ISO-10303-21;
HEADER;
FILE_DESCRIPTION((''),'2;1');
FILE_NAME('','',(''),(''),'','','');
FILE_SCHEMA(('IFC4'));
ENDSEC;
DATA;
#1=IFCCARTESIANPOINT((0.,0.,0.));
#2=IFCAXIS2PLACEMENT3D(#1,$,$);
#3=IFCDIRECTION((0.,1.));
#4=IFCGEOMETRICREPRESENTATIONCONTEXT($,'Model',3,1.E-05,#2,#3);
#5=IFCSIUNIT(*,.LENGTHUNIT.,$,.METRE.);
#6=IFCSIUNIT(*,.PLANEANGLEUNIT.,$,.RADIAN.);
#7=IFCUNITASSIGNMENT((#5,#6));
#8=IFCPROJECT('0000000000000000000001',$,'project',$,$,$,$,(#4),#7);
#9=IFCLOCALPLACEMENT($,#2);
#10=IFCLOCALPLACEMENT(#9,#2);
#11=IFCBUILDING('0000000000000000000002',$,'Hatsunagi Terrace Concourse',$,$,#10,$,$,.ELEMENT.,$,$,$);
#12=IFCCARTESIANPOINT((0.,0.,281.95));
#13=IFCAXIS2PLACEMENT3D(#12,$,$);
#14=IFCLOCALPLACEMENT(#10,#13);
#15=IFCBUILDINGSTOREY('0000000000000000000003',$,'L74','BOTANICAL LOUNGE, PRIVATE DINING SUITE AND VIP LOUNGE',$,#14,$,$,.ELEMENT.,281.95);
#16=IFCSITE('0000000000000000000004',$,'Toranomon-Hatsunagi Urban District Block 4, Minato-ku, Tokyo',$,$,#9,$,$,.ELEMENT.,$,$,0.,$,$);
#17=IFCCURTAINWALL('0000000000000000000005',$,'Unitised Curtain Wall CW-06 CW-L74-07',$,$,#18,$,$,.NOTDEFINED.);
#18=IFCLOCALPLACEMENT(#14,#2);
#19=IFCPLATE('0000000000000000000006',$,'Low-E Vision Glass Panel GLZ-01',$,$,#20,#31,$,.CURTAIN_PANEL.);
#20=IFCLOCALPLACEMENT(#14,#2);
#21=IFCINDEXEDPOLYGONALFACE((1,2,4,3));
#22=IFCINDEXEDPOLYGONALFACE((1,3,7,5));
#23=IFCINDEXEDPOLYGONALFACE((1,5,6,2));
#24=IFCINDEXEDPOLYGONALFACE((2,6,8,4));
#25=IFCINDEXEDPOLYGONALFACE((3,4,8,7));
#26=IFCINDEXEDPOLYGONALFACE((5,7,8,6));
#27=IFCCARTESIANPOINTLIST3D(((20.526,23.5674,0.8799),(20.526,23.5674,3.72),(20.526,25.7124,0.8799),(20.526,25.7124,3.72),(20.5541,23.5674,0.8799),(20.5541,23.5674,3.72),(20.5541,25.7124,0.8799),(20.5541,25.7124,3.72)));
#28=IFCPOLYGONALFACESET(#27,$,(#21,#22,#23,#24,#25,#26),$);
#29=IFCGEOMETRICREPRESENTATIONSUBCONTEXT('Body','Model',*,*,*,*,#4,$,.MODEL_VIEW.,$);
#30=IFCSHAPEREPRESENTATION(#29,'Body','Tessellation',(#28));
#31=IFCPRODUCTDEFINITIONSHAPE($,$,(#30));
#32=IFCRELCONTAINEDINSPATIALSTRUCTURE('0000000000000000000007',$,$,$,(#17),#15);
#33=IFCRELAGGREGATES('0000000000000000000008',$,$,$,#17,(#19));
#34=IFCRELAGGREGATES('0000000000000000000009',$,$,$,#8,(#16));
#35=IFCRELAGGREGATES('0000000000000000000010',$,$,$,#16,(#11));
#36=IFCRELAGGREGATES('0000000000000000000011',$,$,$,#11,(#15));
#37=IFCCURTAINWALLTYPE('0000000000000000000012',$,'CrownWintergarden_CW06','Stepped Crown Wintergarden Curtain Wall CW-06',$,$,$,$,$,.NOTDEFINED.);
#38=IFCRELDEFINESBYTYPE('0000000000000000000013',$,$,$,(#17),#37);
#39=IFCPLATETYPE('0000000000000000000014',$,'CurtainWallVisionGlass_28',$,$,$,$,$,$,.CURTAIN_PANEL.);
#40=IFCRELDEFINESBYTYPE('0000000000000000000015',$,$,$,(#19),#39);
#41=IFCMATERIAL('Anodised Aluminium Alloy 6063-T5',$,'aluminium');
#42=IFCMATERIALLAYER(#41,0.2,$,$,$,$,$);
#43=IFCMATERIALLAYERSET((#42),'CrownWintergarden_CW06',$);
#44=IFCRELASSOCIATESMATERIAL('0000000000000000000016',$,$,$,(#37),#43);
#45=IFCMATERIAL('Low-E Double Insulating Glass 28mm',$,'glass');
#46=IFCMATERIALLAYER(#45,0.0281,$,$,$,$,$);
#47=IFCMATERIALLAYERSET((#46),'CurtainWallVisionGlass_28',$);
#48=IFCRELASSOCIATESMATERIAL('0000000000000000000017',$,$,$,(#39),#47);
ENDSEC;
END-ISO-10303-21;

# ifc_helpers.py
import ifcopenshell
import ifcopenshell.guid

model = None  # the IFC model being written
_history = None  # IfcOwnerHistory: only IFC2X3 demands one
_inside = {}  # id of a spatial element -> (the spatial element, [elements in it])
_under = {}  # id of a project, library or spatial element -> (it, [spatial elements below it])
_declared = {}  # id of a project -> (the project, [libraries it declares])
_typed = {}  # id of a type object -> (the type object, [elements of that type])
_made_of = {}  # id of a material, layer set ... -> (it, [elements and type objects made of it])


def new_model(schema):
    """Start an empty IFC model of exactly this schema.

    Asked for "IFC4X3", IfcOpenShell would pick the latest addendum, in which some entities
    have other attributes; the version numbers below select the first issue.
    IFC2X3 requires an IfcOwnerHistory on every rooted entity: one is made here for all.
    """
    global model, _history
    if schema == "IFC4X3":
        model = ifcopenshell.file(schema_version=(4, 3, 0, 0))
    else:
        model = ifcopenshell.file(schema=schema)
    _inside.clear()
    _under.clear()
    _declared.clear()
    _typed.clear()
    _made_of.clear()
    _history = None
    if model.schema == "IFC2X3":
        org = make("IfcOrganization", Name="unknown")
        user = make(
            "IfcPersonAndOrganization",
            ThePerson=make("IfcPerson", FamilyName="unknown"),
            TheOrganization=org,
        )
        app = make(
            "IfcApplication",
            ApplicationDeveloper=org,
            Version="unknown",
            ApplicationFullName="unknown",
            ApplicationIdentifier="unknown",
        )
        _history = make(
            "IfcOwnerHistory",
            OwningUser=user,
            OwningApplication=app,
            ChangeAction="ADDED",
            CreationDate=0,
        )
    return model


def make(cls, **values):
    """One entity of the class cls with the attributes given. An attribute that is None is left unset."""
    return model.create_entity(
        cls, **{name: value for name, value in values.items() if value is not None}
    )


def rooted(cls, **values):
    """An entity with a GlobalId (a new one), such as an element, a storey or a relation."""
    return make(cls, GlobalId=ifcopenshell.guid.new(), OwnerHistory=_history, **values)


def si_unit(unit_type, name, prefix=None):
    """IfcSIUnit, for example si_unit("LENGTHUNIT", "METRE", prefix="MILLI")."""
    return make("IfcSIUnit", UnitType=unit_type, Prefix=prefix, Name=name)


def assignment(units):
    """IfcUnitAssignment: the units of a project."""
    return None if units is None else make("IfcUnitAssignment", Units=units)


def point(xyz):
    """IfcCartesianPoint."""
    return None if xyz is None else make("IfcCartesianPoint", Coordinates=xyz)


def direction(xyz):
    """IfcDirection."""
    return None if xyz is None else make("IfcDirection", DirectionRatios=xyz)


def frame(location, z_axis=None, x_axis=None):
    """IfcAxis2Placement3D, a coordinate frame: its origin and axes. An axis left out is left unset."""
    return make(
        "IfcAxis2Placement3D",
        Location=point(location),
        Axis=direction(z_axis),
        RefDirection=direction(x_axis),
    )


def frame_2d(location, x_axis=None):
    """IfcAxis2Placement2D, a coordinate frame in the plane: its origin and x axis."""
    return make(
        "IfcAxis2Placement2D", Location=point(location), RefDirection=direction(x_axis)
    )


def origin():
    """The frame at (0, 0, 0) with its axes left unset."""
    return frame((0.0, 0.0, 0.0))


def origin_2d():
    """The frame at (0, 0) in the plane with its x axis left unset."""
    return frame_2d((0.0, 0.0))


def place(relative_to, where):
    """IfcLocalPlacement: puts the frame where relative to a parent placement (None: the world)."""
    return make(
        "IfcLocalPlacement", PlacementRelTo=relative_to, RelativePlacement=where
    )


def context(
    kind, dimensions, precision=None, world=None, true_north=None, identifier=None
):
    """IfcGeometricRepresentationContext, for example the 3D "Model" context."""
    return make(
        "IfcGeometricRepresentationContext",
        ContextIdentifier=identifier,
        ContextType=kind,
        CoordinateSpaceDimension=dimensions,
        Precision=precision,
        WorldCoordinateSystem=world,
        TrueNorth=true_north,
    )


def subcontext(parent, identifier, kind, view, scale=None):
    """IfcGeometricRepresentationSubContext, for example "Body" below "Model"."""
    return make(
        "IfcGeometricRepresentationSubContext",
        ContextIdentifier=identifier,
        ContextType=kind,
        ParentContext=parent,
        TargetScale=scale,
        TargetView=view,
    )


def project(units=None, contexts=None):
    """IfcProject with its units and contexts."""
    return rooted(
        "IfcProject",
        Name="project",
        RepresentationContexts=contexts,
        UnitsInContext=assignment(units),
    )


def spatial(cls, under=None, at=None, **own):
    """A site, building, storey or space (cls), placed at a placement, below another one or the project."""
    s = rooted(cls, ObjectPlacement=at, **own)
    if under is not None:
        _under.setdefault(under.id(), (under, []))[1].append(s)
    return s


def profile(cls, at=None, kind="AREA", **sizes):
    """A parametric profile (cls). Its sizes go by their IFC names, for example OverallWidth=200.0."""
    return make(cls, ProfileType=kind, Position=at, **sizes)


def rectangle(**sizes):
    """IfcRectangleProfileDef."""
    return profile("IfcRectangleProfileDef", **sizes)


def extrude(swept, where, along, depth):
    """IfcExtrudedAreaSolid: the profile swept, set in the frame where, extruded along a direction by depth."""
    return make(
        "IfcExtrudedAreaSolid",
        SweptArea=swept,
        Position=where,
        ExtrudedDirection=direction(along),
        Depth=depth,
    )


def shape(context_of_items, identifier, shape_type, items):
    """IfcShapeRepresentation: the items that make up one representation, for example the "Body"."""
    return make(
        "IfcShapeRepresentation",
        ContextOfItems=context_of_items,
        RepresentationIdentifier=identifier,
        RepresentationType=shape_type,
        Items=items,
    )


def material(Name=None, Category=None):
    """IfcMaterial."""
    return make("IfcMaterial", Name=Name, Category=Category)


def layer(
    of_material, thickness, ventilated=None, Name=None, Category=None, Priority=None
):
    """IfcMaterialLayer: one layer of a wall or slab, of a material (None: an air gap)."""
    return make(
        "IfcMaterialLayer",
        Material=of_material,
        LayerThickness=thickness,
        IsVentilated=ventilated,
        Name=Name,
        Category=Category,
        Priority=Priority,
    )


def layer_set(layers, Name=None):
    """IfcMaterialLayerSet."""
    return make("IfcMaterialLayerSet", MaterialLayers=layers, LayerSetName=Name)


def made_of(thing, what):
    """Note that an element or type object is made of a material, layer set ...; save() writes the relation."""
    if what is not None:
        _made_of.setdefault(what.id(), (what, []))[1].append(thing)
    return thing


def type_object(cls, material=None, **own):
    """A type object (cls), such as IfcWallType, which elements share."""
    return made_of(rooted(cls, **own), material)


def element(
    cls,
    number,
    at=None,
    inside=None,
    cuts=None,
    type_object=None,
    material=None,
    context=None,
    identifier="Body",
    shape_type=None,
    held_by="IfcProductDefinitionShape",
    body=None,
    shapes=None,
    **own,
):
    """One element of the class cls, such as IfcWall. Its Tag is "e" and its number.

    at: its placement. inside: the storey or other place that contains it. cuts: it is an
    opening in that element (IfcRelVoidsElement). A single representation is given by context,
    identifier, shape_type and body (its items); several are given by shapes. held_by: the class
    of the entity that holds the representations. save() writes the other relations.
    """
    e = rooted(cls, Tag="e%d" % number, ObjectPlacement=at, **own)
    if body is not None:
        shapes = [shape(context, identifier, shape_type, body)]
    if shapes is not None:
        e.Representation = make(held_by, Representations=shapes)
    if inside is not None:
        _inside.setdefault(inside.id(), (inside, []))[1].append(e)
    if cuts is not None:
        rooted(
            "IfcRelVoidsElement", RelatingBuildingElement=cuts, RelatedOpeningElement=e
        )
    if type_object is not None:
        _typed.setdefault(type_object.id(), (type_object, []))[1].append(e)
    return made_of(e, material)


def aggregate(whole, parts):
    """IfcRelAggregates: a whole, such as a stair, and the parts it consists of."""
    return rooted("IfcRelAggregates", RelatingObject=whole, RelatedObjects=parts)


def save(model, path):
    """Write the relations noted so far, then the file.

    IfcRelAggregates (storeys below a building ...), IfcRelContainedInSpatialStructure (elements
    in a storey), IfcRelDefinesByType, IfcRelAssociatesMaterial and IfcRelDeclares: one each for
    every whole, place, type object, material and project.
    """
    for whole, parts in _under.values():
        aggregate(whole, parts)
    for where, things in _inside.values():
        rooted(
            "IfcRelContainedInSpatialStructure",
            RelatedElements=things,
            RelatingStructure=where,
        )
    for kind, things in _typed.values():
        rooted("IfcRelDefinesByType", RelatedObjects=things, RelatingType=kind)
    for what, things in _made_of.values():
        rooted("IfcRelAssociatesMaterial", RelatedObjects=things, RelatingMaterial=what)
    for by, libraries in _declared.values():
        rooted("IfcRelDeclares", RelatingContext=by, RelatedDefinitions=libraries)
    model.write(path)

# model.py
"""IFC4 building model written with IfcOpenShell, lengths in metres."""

from ifc_helpers import new_model, si_unit, direction, frame, origin, origin_2d, place, context, subcontext, project, spatial, rectangle, extrude, material, layer, layer_set, type_object, element, aggregate, save


model = new_model("IFC4")

# Units and contexts
model_context = context("Model", 3, precision=1e-05, world=origin(), true_north=direction((0.0, 1.0)))
body_context = subcontext(model_context, "Body", "Model", "MODEL_VIEW")
ifc_project = project(units=[si_unit("LENGTHUNIT", "METRE"), si_unit("PLANEANGLEUNIT", "RADIAN")], contexts=[model_context])

# Site, building, storey
site_placement = place(None, origin())
site = spatial("IfcSite", under=ifc_project, at=site_placement, Name="Toranomon-Hatsunagi Urban District Block 4, Minato-ku, Tokyo", CompositionType="ELEMENT", RefElevation=0.0)
building_placement = place(site_placement, origin())
building = spatial("IfcBuilding", under=site, at=building_placement, Name="Hatsunagi Terrace Concourse", CompositionType="ELEMENT")
storey_placement = place(building_placement, frame((0.0, 0.0, 281.95)))
storey = spatial("IfcBuildingStorey", under=building, at=storey_placement, Name="L74", Description="BOTANICAL LOUNGE, PRIVATE DINING SUITE AND VIP LOUNGE", CompositionType="ELEMENT", Elevation=281.95)

# Curtain wall
ifc_material_1 = material(Name="Anodised Aluminium Alloy 6063-T5", Category="aluminium")
ifc_layer_1 = layer(ifc_material_1, 0.2)
ifc_layer_set_1 = layer_set([ifc_layer_1], Name="CrownWintergarden_CW06")
curtain_wall_type = type_object("IfcCurtainWallType", Name="CrownWintergarden_CW06", Description="Stepped Crown Wintergarden Curtain Wall CW-06", PredefinedType="NOTDEFINED", material=ifc_layer_set_1)
curtain_wall_1_placement = place(storey_placement, origin())
curtain_wall_1 = element("IfcCurtainWall", 1, at=curtain_wall_1_placement, inside=storey, type_object=curtain_wall_type, Name="Unitised Curtain Wall CW-06 CW-L74-07", PredefinedType="NOTDEFINED")

# Plate
ifc_material_2 = material(Name="Low-E Double Insulating Glass 28mm", Category="glass")
ifc_layer_2 = layer(ifc_material_2, 0.0281)
ifc_layer_set_2 = layer_set([ifc_layer_2], Name="CurtainWallVisionGlass_28")
plate_type_1 = type_object("IfcPlateType", Name="CurtainWallVisionGlass_28", PredefinedType="CURTAIN_PANEL", material=ifc_layer_set_2)
plate_1_placement = place(storey_placement, frame((20.54, 24.6399, 0.8799), z_axis=(0.0, 0.0, 1.0), x_axis=(0.0, 1.0, 0.0)))
plate_1 = element("IfcPlate", 2, at=plate_1_placement, type_object=plate_type_1, Name="Low-E Vision Glass Panel GLZ-01", PredefinedType="CURTAIN_PANEL", context=body_context, shape_type="SweptSolid", body=[
    extrude(rectangle(XDim=2.145, YDim=0.0281, at=origin_2d()), origin(), (0.0, 0.0, 1.0), 2.8401),
])
aggregate(curtain_wall_1, [plate_1])

save(model, "model.ifc")
